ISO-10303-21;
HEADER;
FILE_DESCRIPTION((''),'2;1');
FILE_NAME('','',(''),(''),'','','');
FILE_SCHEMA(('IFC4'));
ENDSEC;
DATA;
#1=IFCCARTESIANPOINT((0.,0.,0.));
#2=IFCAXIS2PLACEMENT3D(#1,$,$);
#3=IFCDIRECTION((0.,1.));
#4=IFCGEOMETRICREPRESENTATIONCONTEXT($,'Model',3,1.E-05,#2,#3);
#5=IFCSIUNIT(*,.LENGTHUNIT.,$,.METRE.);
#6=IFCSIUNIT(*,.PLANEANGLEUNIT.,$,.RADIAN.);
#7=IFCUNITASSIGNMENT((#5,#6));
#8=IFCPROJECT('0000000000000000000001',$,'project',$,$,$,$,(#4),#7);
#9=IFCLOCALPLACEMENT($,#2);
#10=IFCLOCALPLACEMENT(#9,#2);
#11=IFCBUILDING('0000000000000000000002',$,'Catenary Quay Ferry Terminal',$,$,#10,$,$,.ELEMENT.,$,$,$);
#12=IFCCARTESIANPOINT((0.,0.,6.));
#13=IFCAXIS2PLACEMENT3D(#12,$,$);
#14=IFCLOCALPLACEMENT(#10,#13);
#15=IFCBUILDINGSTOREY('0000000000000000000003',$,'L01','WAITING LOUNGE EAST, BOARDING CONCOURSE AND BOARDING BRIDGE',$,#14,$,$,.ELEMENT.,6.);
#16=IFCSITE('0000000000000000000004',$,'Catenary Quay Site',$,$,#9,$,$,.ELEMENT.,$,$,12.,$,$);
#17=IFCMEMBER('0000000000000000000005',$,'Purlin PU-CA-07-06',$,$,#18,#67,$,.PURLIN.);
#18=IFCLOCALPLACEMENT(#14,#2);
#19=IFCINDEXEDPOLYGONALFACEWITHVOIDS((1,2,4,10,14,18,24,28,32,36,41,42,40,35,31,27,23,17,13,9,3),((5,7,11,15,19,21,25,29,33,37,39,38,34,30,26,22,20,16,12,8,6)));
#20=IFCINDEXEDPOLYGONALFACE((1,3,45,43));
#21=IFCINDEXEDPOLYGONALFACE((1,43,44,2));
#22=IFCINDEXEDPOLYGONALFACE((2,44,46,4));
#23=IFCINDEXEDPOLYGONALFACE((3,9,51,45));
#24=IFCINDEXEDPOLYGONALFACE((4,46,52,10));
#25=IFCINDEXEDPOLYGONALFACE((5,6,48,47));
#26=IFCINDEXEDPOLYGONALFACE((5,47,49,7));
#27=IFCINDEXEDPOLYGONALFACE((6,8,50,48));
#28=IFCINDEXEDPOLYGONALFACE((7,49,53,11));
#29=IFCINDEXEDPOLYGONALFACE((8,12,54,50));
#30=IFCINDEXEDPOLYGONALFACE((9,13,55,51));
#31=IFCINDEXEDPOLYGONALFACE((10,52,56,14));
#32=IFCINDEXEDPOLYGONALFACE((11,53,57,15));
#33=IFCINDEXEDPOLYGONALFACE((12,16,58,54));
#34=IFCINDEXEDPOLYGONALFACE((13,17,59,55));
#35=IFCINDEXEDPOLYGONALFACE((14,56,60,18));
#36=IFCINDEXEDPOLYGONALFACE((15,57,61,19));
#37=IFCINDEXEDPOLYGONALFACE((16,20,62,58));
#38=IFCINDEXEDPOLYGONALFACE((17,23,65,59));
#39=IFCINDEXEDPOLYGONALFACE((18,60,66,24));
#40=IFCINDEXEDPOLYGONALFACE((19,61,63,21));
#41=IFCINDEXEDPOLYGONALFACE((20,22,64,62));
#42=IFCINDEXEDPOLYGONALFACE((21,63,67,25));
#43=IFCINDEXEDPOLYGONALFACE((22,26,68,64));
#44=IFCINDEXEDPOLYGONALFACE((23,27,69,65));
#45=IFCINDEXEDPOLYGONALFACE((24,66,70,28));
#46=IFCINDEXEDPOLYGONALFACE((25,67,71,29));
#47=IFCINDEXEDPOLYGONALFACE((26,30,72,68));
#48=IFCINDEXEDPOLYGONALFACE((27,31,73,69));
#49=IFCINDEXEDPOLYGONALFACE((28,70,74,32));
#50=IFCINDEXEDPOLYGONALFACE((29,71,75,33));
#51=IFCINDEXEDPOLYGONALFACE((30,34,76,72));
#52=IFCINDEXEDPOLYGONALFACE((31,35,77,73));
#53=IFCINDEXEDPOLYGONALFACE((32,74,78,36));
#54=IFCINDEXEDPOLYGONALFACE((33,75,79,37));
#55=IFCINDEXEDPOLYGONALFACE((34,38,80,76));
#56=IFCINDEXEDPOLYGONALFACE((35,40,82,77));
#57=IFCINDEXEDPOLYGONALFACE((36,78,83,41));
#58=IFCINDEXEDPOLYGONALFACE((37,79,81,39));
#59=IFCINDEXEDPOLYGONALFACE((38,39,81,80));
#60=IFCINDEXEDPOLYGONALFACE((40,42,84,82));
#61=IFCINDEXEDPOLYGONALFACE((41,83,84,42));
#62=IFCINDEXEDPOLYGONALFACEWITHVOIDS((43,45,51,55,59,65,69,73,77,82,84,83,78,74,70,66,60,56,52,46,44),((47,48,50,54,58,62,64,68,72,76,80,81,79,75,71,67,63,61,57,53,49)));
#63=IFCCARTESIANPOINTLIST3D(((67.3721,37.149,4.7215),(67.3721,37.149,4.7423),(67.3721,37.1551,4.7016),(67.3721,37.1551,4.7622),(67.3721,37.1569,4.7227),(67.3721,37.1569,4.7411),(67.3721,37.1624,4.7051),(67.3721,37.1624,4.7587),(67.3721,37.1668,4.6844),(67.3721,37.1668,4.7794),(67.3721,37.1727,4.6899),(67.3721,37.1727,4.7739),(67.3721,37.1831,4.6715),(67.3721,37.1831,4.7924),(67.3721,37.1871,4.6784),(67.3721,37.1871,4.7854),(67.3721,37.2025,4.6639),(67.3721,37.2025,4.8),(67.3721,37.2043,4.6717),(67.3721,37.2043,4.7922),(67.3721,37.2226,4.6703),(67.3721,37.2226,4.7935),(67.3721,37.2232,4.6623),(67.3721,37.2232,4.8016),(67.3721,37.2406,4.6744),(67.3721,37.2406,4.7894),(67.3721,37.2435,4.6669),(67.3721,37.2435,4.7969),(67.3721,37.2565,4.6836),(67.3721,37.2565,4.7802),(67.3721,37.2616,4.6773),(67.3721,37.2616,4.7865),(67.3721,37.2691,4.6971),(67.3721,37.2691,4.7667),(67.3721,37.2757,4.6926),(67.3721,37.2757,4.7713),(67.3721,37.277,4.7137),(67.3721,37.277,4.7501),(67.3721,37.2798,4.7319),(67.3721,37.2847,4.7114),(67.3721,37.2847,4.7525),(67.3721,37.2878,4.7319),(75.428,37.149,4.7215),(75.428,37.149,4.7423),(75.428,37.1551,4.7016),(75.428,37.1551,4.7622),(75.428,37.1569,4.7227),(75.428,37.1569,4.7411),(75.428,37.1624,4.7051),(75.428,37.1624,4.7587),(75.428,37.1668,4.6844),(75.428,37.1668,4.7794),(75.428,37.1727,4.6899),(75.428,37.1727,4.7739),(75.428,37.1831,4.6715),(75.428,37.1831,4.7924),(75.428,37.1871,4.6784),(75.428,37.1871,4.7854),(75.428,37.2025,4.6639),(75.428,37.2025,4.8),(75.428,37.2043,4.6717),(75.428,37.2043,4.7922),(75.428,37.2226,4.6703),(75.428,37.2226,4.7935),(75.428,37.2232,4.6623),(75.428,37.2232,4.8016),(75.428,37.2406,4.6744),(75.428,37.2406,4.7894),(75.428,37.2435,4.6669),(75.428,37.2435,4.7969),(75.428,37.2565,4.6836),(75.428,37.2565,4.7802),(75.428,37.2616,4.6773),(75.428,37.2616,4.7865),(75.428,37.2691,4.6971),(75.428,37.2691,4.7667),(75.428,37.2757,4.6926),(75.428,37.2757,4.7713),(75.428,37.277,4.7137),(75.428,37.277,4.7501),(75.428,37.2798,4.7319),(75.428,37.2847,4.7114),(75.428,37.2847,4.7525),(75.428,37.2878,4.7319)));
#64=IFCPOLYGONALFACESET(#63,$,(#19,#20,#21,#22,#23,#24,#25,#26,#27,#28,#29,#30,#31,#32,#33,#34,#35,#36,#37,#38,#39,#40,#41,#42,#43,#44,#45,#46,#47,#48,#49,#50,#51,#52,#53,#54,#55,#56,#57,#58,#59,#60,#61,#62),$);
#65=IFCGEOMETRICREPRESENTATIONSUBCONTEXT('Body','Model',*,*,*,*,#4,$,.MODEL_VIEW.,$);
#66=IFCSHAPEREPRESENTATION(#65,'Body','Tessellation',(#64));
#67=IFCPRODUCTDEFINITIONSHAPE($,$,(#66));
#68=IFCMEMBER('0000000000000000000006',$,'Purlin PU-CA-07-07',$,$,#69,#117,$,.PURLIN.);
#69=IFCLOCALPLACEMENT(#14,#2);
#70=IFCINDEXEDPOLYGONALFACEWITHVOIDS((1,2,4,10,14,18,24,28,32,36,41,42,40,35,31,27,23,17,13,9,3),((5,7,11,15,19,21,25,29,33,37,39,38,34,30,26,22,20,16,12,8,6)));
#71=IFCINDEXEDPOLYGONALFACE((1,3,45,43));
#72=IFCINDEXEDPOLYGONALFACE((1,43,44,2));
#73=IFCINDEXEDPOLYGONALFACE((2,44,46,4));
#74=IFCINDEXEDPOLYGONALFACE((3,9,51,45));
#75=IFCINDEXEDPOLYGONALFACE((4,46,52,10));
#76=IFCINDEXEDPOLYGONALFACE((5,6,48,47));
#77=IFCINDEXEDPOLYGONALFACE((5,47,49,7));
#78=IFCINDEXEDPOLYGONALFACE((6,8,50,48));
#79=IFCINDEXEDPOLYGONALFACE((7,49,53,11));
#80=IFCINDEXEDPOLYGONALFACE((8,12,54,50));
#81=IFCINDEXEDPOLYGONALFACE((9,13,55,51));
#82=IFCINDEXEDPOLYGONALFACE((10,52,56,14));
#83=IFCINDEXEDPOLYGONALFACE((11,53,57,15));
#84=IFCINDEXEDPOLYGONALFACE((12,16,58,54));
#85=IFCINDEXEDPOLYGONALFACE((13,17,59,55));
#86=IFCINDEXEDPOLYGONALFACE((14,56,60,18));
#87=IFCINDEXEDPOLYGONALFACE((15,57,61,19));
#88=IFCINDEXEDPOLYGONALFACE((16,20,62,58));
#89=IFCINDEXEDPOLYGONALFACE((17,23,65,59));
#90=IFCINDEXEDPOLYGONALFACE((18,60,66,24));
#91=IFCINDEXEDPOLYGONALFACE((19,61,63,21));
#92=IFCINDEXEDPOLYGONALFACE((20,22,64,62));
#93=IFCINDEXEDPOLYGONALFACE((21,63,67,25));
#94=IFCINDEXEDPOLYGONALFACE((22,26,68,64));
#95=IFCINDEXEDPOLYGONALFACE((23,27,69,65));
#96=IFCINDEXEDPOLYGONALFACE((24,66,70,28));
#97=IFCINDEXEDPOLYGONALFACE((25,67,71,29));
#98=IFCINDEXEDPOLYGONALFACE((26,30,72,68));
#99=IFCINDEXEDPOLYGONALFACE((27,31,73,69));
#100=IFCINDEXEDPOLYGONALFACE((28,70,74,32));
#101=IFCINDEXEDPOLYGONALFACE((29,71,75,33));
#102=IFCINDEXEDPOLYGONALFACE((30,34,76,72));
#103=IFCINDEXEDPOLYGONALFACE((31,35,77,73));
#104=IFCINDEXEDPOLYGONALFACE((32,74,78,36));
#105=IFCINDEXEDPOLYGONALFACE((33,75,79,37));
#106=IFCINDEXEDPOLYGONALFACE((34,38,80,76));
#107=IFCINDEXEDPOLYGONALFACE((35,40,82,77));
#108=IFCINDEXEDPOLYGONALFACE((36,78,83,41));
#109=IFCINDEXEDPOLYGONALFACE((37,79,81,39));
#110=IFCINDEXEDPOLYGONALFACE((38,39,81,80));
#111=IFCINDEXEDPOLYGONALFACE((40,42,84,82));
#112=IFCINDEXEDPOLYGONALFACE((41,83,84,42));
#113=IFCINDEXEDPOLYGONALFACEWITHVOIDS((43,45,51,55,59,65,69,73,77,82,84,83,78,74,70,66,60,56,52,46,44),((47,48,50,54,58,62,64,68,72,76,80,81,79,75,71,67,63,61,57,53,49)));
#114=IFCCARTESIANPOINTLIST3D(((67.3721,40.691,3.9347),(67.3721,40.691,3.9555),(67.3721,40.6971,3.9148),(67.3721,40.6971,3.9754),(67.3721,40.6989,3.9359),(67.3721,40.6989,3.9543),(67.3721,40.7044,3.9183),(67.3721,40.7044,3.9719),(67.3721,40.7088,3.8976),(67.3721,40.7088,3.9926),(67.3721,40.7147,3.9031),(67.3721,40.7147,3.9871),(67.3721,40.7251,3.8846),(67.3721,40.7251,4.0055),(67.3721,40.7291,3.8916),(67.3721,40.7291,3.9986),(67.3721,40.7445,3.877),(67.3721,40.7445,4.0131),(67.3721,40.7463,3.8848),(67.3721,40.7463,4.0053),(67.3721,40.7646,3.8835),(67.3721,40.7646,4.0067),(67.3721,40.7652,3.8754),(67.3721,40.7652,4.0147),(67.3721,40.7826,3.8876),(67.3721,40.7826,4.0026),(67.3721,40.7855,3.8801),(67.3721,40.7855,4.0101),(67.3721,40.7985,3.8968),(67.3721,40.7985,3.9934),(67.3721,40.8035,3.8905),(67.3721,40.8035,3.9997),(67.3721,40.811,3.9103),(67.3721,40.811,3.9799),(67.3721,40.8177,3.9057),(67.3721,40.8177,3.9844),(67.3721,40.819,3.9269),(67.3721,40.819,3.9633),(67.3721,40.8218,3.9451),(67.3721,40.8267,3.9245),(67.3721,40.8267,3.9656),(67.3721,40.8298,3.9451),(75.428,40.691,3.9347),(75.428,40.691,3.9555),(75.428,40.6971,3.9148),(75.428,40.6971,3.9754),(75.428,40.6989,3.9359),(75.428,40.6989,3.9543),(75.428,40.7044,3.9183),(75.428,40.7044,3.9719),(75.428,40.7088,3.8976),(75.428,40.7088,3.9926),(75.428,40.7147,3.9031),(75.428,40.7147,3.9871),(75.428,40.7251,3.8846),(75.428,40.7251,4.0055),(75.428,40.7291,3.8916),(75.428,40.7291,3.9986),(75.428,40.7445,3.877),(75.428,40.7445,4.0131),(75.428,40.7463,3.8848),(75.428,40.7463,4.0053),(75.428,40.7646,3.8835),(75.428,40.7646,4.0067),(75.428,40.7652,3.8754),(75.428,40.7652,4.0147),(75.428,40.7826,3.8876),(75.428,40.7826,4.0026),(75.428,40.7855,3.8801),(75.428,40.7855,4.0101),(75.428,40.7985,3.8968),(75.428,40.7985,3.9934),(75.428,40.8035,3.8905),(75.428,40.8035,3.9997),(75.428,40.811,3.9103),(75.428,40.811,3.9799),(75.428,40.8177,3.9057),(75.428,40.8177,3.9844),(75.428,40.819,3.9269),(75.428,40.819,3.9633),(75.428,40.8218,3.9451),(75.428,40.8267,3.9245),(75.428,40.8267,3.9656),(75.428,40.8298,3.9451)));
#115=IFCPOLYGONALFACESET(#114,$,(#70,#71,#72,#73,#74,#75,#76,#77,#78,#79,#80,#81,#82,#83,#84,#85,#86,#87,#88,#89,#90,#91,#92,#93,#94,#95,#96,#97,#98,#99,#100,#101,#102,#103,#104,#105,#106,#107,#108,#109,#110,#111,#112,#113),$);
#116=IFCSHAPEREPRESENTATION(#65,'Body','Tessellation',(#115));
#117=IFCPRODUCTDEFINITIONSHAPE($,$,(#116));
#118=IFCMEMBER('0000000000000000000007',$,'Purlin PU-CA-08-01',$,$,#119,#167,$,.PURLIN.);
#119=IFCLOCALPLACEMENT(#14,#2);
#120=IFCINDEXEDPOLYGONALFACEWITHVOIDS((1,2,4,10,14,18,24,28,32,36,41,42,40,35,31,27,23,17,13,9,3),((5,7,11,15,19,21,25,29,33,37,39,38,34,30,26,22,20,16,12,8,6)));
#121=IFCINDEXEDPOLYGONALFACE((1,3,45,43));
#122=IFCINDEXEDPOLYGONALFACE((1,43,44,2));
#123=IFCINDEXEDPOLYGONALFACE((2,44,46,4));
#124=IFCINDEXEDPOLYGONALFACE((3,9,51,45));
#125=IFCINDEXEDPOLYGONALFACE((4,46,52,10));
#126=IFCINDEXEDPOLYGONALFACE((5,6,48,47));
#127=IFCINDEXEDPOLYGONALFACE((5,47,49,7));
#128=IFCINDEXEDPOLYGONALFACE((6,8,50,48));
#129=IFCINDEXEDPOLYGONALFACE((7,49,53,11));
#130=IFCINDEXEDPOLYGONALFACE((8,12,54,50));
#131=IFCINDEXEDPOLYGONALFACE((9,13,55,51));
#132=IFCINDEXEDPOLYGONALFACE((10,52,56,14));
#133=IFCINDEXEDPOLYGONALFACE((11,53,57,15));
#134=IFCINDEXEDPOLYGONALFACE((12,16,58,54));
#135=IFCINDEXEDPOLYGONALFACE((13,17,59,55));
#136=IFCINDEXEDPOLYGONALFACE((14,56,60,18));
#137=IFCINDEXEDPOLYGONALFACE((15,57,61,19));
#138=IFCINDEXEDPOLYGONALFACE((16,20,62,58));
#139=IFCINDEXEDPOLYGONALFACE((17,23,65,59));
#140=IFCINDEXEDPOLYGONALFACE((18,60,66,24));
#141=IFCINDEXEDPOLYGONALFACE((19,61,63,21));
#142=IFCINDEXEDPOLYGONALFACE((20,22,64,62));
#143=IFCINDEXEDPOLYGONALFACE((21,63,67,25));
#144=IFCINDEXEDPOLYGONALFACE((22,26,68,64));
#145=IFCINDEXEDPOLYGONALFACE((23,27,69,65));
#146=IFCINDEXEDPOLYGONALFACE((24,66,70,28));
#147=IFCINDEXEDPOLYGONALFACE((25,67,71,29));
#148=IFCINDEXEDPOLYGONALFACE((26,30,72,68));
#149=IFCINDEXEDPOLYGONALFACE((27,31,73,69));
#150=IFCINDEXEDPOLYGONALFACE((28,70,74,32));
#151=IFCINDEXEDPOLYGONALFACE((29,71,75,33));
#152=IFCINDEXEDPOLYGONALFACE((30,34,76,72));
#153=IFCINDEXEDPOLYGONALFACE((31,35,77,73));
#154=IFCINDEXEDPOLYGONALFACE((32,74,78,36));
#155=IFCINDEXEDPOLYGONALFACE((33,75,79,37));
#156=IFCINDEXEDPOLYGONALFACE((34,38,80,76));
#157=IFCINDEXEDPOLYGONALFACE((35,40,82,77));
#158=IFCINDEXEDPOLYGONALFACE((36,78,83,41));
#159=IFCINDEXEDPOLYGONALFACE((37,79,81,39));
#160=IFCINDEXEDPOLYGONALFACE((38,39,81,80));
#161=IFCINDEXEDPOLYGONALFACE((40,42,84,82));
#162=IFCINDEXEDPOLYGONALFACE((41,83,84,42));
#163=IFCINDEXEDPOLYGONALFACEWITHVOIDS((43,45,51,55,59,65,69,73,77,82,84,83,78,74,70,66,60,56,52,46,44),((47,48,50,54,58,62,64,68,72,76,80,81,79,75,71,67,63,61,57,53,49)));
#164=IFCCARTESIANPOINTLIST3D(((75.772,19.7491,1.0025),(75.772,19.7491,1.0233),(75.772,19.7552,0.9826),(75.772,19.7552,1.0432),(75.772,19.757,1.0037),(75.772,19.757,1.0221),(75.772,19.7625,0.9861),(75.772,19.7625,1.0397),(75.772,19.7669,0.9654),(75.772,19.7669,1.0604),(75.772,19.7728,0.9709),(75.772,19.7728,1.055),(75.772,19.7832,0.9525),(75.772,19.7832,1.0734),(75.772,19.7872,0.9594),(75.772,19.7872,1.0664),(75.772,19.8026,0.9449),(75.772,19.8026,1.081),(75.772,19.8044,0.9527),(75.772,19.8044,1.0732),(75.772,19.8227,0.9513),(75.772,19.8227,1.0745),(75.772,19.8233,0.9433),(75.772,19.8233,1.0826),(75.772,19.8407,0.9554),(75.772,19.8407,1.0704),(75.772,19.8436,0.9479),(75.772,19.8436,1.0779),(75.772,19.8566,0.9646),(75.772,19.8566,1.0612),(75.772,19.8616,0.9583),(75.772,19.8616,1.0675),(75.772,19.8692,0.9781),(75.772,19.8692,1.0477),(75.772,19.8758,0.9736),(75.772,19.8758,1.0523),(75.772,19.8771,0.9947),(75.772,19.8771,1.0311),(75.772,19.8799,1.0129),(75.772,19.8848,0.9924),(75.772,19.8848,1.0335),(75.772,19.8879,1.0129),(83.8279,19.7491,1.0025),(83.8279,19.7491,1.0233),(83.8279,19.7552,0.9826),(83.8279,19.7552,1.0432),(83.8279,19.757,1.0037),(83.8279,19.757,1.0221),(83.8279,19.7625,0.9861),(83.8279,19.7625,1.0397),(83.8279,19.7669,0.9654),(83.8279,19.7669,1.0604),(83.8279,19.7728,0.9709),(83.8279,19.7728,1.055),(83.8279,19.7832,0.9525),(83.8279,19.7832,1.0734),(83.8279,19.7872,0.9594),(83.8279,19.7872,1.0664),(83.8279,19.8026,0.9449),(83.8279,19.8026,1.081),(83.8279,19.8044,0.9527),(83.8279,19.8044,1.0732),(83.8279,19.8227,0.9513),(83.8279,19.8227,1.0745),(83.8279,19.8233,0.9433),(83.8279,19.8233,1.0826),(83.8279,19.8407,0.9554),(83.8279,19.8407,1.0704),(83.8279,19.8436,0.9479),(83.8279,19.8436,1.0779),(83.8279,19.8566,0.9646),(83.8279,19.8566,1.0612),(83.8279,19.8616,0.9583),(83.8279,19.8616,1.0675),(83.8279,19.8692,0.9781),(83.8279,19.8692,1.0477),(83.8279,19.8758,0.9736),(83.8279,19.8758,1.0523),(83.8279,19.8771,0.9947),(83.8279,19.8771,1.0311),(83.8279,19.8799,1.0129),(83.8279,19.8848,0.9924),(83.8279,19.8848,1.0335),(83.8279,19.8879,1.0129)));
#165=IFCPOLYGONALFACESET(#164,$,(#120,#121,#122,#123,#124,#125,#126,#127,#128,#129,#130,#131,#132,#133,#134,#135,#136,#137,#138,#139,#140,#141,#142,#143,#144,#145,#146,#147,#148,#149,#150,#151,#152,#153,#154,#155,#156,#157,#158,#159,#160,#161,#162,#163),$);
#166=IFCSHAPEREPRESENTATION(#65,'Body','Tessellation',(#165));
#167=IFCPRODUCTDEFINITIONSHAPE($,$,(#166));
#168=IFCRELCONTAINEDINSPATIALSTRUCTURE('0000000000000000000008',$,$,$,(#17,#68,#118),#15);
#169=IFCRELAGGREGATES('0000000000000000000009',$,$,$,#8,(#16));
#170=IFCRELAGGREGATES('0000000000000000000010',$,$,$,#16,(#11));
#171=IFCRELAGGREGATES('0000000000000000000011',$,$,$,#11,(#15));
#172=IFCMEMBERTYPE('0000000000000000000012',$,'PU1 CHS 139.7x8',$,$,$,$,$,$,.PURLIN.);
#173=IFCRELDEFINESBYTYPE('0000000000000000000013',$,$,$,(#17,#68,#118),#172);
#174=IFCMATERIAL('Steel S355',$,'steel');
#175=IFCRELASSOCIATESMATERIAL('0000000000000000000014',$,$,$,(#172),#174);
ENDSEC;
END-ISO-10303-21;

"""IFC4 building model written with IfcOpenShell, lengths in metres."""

from ifc_helpers import new_model, si_unit, direction, frame, origin, origin_2d, place, context, subcontext, project, spatial, hollow_circle, extrude, material, material_profile, profile_set, type_object, element, save


model = new_model("IFC4")

# Units and contexts
model_context = context("Model", 3, precision=1e-05, world=origin(), true_north=direction((0.0, 1.0)))
body_context = subcontext(model_context, "Body", "Model", "MODEL_VIEW")
ifc_project = project(units=[si_unit("LENGTHUNIT", "METRE"), si_unit("PLANEANGLEUNIT", "RADIAN")], contexts=[model_context])

# Site, building, storey
site_placement = place(None, origin())
site = spatial("IfcSite", under=ifc_project, at=site_placement, Name="Catenary Quay Site", CompositionType="ELEMENT", RefElevation=12.0)
building_placement = place(site_placement, origin())
building = spatial("IfcBuilding", under=site, at=building_placement, Name="Catenary Quay Ferry Terminal", CompositionType="ELEMENT")
storey_placement = place(building_placement, frame((0.0, 0.0, 6.0)))
storey = spatial("IfcBuildingStorey", under=building, at=storey_placement, Name="L01", Description="WAITING LOUNGE EAST, BOARDING CONCOURSE AND BOARDING BRIDGE", CompositionType="ELEMENT", Elevation=6.0)

# Members
ifc_material_1 = material(Name="Steel S355", Category="steel")
ifc_material_profile_1 = material_profile(ifc_material_1, hollow_circle(Radius=0.0698, WallThickness=0.0081, at=origin_2d()), Name="CHS 139.7x8")
ifc_profile_set_1 = profile_set([ifc_material_profile_1], Name="Steel S355")
member_type_1 = type_object("IfcMemberType", Name="PU1 CHS 139.7x8", PredefinedType="PURLIN", material=ifc_profile_set_1)
for number, where, z_axis, x_axis, name in (
    (1, (67.3721, 37.218, 4.7319), (1.0, 0.0, 0.0), (0.0, 1.0, 0.0), "Purlin PU-CA-07-06"),
    (2, (67.3721, 40.76, 3.9451), (1.0, 0.0, 0.0), (0.0, 1.0, 0.0), "Purlin PU-CA-07-07"),
    (3, (75.772, 19.8181, 1.0129), (1.0, 0.0, 0.0), (0.0, 1.0, 0.0), "Purlin PU-CA-08-01"),
):
    element("IfcMember", number, at=place(storey_placement, frame(where, z_axis=z_axis, x_axis=x_axis)), inside=storey, type_object=member_type_1, Name=name, PredefinedType="PURLIN", context=body_context, shape_type="SweptSolid", body=[
        extrude(hollow_circle(Radius=0.0698, WallThickness=0.0081, at=origin_2d()), origin(), (0.0, 0.0, 1.0), 8.0559),
    ])

save(model, "model.ifc")
